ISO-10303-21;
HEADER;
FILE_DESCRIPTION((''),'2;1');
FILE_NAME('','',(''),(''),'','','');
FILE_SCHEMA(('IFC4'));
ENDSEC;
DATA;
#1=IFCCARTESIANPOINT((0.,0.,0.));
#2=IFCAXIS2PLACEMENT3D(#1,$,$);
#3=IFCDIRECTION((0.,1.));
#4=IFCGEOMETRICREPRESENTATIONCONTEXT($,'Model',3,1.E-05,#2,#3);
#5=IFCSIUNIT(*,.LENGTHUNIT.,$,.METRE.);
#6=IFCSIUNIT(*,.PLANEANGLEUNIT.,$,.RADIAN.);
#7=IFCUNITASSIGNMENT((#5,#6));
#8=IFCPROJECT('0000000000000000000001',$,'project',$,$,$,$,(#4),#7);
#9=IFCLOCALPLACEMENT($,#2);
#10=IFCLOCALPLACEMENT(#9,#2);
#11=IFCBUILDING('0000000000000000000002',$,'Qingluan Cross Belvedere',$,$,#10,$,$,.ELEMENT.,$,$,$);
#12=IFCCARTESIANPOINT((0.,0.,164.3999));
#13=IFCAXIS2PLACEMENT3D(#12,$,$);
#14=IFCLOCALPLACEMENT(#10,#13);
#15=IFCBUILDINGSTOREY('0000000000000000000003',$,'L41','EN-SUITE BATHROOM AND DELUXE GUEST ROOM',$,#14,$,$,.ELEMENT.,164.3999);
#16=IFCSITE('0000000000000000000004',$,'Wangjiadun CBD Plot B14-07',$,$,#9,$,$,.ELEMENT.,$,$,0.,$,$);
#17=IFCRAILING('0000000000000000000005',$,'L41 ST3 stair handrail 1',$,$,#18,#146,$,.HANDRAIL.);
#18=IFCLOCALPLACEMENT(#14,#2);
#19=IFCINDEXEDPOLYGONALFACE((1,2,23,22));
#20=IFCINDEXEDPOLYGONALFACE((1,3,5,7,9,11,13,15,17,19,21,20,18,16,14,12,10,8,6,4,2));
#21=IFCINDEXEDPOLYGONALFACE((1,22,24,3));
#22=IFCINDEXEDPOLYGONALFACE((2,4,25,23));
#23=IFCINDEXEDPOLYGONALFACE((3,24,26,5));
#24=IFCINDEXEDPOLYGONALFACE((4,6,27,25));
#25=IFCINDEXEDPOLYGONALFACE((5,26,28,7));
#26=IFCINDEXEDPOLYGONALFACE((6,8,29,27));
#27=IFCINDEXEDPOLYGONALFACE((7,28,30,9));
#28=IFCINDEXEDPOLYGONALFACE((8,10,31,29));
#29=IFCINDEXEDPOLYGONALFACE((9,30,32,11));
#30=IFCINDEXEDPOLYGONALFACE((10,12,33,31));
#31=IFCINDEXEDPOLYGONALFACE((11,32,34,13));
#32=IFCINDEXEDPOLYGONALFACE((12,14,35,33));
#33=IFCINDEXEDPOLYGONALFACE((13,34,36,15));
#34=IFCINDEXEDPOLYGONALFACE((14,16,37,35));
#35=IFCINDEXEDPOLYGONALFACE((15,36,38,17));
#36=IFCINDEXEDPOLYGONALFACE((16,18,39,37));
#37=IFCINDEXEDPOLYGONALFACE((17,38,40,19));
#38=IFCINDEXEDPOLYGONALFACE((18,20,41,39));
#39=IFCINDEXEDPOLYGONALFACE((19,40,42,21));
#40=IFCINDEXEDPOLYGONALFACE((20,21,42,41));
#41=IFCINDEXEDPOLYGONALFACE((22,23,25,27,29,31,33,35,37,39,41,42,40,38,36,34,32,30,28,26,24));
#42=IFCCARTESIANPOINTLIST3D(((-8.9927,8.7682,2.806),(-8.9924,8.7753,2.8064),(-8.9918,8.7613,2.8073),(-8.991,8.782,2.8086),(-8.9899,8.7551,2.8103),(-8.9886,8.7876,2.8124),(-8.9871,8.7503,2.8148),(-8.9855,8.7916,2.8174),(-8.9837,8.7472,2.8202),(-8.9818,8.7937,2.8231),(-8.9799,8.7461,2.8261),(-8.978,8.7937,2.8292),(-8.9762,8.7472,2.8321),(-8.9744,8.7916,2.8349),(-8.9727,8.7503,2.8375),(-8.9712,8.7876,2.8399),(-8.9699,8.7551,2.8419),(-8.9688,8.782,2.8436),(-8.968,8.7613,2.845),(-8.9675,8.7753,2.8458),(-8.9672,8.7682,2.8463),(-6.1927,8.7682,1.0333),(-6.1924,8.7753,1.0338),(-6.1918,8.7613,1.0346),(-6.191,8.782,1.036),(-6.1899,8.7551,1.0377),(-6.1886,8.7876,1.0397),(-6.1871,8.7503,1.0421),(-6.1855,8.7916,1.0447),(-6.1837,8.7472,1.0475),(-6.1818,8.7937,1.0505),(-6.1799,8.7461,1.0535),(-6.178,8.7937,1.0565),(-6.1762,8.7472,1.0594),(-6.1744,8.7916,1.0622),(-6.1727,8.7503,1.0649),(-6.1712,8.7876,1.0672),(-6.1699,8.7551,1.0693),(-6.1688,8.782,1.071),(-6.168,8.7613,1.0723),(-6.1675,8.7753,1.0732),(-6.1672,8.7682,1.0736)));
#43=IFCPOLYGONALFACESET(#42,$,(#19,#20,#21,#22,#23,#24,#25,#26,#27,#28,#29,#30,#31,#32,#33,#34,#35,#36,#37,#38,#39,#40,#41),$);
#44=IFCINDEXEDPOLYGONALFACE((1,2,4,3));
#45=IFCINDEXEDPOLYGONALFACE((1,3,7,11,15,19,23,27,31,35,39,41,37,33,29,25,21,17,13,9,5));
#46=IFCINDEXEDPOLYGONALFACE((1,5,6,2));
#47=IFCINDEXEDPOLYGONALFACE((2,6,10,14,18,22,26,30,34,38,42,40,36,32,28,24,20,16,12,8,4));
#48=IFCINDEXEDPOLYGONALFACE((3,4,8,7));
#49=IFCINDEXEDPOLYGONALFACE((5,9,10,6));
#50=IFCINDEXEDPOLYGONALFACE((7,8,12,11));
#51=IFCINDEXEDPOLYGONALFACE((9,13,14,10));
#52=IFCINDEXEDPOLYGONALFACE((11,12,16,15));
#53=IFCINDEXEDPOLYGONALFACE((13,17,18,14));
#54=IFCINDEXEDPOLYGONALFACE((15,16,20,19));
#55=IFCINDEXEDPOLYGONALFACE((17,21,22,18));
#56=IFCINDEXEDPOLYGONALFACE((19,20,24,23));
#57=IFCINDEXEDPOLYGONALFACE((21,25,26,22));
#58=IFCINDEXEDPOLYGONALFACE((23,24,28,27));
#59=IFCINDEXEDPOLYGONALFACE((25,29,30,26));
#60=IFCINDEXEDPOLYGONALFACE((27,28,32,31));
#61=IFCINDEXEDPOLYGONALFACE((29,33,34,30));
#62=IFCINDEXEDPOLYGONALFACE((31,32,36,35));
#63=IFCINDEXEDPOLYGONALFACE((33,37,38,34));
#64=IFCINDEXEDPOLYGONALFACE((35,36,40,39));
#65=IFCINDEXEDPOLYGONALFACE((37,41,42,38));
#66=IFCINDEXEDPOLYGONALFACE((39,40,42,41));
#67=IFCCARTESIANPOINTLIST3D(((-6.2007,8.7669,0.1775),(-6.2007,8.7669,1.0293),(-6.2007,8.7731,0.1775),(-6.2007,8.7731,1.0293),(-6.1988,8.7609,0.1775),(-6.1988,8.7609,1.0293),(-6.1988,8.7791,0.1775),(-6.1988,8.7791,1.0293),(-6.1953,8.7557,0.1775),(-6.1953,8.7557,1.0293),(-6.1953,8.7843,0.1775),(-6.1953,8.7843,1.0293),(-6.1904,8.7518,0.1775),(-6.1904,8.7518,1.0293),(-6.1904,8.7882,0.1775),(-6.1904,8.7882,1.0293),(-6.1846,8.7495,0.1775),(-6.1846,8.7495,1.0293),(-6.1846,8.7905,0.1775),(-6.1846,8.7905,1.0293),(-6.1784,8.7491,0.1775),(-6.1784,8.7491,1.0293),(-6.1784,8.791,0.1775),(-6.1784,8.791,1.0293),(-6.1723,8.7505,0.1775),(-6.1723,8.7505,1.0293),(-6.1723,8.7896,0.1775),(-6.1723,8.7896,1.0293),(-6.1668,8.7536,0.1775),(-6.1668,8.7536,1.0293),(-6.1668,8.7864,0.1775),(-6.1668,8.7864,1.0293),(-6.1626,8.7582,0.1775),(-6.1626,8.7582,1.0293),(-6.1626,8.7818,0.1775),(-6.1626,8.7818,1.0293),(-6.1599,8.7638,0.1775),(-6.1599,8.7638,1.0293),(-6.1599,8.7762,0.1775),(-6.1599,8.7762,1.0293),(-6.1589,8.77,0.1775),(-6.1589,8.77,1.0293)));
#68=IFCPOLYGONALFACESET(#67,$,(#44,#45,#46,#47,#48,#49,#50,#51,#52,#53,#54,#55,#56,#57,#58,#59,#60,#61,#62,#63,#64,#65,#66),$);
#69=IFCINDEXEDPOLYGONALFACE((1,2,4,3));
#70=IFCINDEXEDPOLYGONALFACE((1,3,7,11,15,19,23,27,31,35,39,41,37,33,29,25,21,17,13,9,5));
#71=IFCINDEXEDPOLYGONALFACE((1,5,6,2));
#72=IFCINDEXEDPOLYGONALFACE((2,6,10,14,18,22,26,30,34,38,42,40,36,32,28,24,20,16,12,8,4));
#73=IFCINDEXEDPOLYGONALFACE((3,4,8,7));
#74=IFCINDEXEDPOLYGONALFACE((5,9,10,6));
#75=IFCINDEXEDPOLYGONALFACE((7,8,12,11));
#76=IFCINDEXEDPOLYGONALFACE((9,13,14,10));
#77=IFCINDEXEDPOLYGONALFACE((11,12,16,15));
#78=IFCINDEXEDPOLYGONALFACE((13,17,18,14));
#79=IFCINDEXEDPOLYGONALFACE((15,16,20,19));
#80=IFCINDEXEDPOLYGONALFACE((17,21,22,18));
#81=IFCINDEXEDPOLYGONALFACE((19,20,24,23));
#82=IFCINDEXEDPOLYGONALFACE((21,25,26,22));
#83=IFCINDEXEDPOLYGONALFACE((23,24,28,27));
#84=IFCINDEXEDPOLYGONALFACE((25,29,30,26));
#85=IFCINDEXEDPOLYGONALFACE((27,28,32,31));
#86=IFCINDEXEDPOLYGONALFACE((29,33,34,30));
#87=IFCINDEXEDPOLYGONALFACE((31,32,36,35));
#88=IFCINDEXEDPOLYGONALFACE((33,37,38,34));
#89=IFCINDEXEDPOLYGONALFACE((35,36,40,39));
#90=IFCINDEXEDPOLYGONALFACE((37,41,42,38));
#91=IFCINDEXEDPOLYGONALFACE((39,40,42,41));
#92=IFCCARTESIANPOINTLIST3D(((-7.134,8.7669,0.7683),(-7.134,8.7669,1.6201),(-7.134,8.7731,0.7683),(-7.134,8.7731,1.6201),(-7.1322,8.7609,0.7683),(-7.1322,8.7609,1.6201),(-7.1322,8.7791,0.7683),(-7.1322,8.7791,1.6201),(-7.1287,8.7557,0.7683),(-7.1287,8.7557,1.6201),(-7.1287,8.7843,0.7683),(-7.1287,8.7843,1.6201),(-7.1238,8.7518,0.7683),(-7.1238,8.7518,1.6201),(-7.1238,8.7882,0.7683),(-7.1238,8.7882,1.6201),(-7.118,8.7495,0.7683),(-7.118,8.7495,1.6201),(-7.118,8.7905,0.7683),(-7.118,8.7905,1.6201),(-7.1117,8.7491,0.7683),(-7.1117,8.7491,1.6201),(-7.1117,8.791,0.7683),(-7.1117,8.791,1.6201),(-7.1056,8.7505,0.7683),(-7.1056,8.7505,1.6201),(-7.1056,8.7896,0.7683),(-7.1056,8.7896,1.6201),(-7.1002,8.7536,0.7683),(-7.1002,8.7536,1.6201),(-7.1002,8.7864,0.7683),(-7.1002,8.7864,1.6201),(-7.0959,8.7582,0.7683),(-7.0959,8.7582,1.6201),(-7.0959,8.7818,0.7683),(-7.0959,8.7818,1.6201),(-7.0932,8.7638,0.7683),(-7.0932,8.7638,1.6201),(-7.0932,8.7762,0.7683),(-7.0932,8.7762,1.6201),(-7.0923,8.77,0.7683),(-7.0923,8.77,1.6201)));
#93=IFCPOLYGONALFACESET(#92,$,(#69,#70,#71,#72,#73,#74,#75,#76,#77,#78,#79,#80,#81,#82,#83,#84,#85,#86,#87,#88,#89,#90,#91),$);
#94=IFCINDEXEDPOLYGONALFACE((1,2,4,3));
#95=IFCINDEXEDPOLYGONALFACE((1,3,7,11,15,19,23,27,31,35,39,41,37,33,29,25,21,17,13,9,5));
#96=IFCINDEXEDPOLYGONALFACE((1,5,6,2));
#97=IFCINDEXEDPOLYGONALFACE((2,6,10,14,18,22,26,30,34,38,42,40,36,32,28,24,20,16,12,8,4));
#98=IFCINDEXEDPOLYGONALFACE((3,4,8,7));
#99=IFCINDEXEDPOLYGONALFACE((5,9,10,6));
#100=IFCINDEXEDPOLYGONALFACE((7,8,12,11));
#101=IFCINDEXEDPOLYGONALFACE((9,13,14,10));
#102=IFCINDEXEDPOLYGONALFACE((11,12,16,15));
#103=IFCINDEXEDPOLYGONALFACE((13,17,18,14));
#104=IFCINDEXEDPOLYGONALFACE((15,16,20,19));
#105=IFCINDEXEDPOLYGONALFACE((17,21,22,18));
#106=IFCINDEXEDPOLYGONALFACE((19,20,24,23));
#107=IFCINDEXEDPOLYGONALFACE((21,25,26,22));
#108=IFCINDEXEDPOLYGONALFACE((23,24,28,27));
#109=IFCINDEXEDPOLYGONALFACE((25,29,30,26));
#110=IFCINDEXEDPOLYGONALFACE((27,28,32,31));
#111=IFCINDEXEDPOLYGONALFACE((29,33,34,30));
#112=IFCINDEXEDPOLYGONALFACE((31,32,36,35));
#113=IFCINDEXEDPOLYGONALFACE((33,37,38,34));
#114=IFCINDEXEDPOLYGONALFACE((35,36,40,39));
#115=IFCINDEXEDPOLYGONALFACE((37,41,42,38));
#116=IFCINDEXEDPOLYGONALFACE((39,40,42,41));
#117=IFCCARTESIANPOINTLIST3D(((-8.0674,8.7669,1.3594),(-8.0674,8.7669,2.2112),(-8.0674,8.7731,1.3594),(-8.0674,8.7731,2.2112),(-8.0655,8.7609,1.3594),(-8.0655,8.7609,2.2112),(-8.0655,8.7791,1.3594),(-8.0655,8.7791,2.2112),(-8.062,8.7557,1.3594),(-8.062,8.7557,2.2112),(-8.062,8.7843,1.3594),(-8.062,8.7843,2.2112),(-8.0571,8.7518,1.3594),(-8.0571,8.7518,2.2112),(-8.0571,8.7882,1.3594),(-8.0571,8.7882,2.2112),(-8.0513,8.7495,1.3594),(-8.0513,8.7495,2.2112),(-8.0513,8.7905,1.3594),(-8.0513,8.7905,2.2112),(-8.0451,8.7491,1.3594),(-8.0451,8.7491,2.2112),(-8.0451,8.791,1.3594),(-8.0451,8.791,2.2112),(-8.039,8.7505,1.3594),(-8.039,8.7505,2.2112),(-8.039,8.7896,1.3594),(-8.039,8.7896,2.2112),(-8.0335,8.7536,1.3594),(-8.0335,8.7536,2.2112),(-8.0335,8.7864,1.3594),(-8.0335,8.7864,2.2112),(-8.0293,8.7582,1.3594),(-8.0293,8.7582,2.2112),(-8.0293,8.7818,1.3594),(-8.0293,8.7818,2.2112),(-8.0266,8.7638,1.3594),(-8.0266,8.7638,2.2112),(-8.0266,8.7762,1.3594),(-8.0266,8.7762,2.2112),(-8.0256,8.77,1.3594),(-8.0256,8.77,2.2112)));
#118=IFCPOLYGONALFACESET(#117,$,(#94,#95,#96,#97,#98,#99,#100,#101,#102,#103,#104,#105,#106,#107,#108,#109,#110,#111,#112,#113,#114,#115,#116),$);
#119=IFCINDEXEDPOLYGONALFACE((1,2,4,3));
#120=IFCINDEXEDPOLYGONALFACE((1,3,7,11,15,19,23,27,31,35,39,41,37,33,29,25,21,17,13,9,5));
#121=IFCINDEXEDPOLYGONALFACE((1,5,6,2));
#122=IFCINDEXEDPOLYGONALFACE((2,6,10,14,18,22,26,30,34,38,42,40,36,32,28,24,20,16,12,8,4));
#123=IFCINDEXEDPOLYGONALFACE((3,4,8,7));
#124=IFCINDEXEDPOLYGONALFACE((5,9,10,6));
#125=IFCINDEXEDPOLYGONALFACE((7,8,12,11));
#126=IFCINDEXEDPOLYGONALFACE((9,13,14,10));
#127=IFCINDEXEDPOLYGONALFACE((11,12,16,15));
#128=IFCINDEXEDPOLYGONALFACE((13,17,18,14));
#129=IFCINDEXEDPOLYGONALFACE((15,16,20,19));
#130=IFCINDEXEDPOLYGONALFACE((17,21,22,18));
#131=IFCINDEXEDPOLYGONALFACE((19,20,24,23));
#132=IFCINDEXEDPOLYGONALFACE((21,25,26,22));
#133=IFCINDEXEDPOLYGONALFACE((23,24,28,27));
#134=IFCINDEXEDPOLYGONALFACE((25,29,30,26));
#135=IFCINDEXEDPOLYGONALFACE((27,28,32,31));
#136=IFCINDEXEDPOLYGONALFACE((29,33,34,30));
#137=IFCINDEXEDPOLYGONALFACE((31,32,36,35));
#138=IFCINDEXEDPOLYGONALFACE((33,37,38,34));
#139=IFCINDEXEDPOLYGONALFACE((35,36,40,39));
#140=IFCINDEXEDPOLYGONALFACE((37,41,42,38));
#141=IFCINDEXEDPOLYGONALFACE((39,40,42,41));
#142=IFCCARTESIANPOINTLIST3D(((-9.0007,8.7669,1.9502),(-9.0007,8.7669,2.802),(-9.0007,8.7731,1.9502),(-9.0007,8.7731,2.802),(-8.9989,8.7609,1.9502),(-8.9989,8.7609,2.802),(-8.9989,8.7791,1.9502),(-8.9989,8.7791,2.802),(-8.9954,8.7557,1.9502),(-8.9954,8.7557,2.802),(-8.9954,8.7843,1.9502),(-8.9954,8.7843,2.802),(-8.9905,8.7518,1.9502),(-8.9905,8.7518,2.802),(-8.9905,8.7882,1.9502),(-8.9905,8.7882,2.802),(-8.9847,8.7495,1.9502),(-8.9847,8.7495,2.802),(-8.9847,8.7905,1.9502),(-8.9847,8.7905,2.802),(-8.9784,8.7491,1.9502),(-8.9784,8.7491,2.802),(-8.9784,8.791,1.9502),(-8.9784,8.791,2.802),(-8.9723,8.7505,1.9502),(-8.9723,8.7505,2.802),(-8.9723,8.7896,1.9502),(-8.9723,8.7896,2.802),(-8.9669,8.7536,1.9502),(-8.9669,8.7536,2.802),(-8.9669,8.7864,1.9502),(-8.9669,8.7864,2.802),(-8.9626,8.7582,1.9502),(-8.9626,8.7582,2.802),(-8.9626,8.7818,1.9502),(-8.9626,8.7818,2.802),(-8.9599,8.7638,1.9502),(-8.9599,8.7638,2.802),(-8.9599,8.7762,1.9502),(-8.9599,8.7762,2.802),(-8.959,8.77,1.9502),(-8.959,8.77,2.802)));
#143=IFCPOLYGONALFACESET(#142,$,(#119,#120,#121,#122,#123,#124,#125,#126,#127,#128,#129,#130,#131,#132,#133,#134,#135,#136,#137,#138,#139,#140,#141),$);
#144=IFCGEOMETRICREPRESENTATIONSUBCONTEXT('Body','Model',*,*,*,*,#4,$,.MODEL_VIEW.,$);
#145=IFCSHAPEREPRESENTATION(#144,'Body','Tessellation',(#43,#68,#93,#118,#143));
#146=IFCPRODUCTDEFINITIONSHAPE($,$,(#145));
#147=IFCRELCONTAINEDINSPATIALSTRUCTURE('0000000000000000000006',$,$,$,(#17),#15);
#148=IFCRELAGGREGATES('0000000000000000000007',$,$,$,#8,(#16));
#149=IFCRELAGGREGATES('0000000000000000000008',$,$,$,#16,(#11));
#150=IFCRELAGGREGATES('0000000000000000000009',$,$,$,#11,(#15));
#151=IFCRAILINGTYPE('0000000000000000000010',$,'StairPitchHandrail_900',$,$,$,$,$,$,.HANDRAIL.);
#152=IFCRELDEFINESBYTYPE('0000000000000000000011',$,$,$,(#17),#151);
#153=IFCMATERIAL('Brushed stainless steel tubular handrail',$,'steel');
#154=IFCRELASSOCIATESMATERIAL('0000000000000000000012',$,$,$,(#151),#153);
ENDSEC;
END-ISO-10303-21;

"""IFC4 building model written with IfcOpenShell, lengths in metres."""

from ifc_helpers import new_model, si_unit, direction, frame, origin, origin_2d, place, context, subcontext, project, spatial, circle, extrude, material, type_object, element, save


model = new_model("IFC4")

# Units and contexts
model_context = context("Model", 3, precision=1e-05, world=origin(), true_north=direction((0.0, 1.0)))
body_context = subcontext(model_context, "Body", "Model", "MODEL_VIEW")
ifc_project = project(units=[si_unit("LENGTHUNIT", "METRE"), si_unit("PLANEANGLEUNIT", "RADIAN")], contexts=[model_context])

# Site, building, storey
site_placement = place(None, origin())
site = spatial("IfcSite", under=ifc_project, at=site_placement, Name="Wangjiadun CBD Plot B14-07", CompositionType="ELEMENT", RefElevation=0.0)
building_placement = place(site_placement, origin())
building = spatial("IfcBuilding", under=site, at=building_placement, Name="Qingluan Cross Belvedere", CompositionType="ELEMENT")
storey_placement = place(building_placement, frame((0.0, 0.0, 164.3999)))
storey = spatial("IfcBuildingStorey", under=building, at=storey_placement, Name="L41", Description="EN-SUITE BATHROOM AND DELUXE GUEST ROOM", CompositionType="ELEMENT", Elevation=164.3999)

# Railing
ifc_material_1 = material(Name="Brushed stainless steel tubular handrail", Category="steel")
railing_type = type_object("IfcRailingType", Name="StairPitchHandrail_900", PredefinedType="HANDRAIL", material=ifc_material_1)
railing_placement = place(storey_placement, frame((-6.1799, 8.77, 0.1775)))
element("IfcRailing", 1, at=railing_placement, inside=storey, type_object=railing_type, Name="L41 ST3 stair handrail 1", PredefinedType="HANDRAIL", context=body_context, shape_type="SweptSolid", body=[
    extrude(circle(Radius=0.0239, at=origin_2d()), frame((0.0, 0.0, 0.876), z_axis=(-0.844909, 0.0, 0.53491), x_axis=(0.0, -1.0, 0.0)), (0.0, 0.0, 1.0), 3.314),
    extrude(circle(Radius=0.021, at=origin_2d()), origin(), (0.0, 0.0, 1.0), 0.8518),
    extrude(circle(Radius=0.021, at=origin_2d()), frame((-0.9333, 0.0, 0.5908)), (0.0, 0.0, 1.0), 0.8518),
    extrude(circle(Radius=0.021, at=origin_2d()), frame((-1.8667, 0.0, 1.1819)), (0.0, 0.0, 1.0), 0.8518),
    extrude(circle(Radius=0.021, at=origin_2d()), frame((-2.8, 0.0, 1.7727)), (0.0, 0.0, 1.0), 0.8518),
])

save(model, "model.ifc")
